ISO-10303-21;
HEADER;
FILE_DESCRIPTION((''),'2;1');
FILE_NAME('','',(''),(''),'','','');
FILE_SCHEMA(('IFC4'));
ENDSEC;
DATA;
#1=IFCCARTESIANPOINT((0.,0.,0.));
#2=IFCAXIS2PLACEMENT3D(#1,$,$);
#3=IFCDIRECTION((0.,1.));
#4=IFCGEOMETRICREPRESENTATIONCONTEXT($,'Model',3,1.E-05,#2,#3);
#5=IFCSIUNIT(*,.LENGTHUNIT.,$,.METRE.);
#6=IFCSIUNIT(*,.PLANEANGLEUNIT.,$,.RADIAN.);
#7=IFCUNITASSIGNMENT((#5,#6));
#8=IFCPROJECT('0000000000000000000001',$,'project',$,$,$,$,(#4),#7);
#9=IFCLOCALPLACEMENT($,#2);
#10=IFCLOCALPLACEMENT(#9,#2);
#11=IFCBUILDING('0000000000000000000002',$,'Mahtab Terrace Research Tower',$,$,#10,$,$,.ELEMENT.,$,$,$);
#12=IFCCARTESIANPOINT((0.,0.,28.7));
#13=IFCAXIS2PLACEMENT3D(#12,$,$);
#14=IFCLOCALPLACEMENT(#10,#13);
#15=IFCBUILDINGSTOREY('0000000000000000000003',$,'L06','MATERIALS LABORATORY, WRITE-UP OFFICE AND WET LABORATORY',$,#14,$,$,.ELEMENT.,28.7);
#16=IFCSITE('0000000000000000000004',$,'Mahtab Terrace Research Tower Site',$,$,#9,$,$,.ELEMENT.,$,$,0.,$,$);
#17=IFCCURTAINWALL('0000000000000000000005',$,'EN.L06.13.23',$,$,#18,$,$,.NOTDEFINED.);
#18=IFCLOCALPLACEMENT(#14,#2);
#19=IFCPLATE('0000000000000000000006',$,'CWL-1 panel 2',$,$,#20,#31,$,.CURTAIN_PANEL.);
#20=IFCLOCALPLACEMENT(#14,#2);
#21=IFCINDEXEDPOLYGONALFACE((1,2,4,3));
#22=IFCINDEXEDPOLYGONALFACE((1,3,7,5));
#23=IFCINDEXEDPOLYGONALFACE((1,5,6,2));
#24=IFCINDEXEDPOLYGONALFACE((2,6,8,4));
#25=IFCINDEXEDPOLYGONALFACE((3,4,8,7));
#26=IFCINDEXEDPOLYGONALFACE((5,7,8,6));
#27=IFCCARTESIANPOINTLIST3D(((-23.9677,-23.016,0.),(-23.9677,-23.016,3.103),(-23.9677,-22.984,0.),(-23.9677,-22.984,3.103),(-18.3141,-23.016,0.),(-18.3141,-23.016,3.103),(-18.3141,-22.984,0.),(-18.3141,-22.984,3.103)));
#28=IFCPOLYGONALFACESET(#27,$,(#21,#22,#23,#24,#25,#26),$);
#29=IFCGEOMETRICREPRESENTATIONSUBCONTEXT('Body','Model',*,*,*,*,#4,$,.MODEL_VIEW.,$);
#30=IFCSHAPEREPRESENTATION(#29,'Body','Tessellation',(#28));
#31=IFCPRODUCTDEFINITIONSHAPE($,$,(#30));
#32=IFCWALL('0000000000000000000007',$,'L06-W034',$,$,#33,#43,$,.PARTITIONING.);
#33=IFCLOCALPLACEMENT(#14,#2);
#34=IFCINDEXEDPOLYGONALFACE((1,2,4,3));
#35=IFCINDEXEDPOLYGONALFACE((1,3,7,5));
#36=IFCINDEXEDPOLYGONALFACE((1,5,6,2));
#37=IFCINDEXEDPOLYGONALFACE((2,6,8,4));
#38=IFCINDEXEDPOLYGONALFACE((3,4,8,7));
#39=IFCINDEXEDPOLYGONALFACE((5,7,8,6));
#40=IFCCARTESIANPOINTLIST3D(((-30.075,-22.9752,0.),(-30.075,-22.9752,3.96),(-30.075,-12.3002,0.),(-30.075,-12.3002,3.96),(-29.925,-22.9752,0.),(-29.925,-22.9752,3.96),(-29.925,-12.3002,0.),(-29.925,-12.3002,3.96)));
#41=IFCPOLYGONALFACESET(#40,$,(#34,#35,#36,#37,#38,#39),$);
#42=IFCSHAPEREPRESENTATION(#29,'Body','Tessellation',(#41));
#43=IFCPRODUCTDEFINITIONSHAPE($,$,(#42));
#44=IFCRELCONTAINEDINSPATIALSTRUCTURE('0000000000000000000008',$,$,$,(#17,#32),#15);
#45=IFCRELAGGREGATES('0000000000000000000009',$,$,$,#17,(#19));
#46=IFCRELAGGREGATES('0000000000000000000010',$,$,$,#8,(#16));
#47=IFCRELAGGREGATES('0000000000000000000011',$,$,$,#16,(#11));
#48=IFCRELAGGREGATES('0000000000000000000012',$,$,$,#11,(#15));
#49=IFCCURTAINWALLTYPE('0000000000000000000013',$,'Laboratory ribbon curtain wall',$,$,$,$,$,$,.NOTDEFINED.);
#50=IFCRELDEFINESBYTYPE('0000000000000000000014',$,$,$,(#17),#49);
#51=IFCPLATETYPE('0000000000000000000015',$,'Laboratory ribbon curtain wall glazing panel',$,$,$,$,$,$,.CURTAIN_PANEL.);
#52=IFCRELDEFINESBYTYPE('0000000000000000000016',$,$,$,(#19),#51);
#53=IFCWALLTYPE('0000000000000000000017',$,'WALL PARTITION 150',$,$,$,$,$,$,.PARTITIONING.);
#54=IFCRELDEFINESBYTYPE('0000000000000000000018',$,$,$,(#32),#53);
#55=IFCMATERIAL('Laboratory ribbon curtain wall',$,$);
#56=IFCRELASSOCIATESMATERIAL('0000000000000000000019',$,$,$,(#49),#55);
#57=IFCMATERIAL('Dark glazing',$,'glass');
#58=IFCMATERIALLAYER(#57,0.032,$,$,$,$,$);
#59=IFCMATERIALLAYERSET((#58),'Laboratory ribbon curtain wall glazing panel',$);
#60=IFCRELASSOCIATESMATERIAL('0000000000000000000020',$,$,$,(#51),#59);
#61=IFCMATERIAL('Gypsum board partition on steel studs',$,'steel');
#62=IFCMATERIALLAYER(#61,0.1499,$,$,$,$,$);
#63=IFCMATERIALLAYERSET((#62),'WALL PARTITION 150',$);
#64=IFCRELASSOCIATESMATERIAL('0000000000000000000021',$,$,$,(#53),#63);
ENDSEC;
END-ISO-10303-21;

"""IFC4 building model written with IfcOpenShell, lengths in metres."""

from ifc_helpers import new_model, si_unit, direction, frame, frame_2d, origin, origin_2d, place, context, subcontext, project, spatial, rectangle, extrude, material, layer, layer_set, type_object, element, aggregate, save


model = new_model("IFC4")

# Units and contexts
model_context = context("Model", 3, precision=1e-05, world=origin(), true_north=direction((0.0, 1.0)))
body_context = subcontext(model_context, "Body", "Model", "MODEL_VIEW")
ifc_project = project(units=[si_unit("LENGTHUNIT", "METRE"), si_unit("PLANEANGLEUNIT", "RADIAN")], contexts=[model_context])

# Site, building, storey
site_placement = place(None, origin())
site = spatial("IfcSite", under=ifc_project, at=site_placement, Name="Mahtab Terrace Research Tower Site", CompositionType="ELEMENT", RefElevation=0.0)
building_placement = place(site_placement, origin())
building = spatial("IfcBuilding", under=site, at=building_placement, Name="Mahtab Terrace Research Tower", CompositionType="ELEMENT")
storey_placement = place(building_placement, frame((0.0, 0.0, 28.7)))
storey = spatial("IfcBuildingStorey", under=building, at=storey_placement, Name="L06", Description="MATERIALS LABORATORY, WRITE-UP OFFICE AND WET LABORATORY", CompositionType="ELEMENT", Elevation=28.7)

# Curtain wall
ifc_material_1 = material(Name="Laboratory ribbon curtain wall")
curtain_wall_type = type_object("IfcCurtainWallType", Name="Laboratory ribbon curtain wall", PredefinedType="NOTDEFINED", material=ifc_material_1)
curtain_wall_1_placement = place(storey_placement, origin())
curtain_wall_1 = element("IfcCurtainWall", 1, at=curtain_wall_1_placement, inside=storey, type_object=curtain_wall_type, Name="EN.L06.13.23", PredefinedType="NOTDEFINED")

# Plate
ifc_material_2 = material(Name="Dark glazing", Category="glass")
ifc_layer_1 = layer(ifc_material_2, 0.032)
ifc_layer_set_1 = layer_set([ifc_layer_1], Name="Laboratory ribbon curtain wall glazing panel")
plate_type = type_object("IfcPlateType", Name="Laboratory ribbon curtain wall glazing panel", PredefinedType="CURTAIN_PANEL", material=ifc_layer_set_1)
plate_1_placement = place(storey_placement, frame((-21.1409, -23.0, 0.0), z_axis=(0.0, 0.0, 1.0), x_axis=(1.0, 0.0, 0.0)))
plate_1 = element("IfcPlate", 2, at=plate_1_placement, type_object=plate_type, Name="CWL-1 panel 2", PredefinedType="CURTAIN_PANEL", context=body_context, shape_type="SweptSolid", body=[
    extrude(rectangle(XDim=5.6536, YDim=0.032, at=origin_2d()), origin(), (0.0, 0.0, 1.0), 3.103),
])
aggregate(curtain_wall_1, [plate_1])

# Wall
ifc_material_3 = material(Name="Gypsum board partition on steel studs", Category="steel")
ifc_layer_2 = layer(ifc_material_3, 0.1499)
ifc_layer_set_2 = layer_set([ifc_layer_2], Name="WALL PARTITION 150")
wall_type = type_object("IfcWallType", Name="WALL PARTITION 150", PredefinedType="PARTITIONING", material=ifc_layer_set_2)
wall_placement = place(storey_placement, frame((-30.0, -22.9751, 0.0), z_axis=(0.0, 0.0, 1.0), x_axis=(0.0, 1.0, 0.0)))
element("IfcWall", 3, at=wall_placement, inside=storey, type_object=wall_type, Name="L06-W034", PredefinedType="PARTITIONING", context=body_context, shape_type="SweptSolid", body=[
    extrude(rectangle(XDim=10.675, YDim=0.1499, at=frame_2d((5.3374, 0.0))), origin(), (0.0, 0.0, 1.0), 3.96),
])

save(model, "model.ifc")
